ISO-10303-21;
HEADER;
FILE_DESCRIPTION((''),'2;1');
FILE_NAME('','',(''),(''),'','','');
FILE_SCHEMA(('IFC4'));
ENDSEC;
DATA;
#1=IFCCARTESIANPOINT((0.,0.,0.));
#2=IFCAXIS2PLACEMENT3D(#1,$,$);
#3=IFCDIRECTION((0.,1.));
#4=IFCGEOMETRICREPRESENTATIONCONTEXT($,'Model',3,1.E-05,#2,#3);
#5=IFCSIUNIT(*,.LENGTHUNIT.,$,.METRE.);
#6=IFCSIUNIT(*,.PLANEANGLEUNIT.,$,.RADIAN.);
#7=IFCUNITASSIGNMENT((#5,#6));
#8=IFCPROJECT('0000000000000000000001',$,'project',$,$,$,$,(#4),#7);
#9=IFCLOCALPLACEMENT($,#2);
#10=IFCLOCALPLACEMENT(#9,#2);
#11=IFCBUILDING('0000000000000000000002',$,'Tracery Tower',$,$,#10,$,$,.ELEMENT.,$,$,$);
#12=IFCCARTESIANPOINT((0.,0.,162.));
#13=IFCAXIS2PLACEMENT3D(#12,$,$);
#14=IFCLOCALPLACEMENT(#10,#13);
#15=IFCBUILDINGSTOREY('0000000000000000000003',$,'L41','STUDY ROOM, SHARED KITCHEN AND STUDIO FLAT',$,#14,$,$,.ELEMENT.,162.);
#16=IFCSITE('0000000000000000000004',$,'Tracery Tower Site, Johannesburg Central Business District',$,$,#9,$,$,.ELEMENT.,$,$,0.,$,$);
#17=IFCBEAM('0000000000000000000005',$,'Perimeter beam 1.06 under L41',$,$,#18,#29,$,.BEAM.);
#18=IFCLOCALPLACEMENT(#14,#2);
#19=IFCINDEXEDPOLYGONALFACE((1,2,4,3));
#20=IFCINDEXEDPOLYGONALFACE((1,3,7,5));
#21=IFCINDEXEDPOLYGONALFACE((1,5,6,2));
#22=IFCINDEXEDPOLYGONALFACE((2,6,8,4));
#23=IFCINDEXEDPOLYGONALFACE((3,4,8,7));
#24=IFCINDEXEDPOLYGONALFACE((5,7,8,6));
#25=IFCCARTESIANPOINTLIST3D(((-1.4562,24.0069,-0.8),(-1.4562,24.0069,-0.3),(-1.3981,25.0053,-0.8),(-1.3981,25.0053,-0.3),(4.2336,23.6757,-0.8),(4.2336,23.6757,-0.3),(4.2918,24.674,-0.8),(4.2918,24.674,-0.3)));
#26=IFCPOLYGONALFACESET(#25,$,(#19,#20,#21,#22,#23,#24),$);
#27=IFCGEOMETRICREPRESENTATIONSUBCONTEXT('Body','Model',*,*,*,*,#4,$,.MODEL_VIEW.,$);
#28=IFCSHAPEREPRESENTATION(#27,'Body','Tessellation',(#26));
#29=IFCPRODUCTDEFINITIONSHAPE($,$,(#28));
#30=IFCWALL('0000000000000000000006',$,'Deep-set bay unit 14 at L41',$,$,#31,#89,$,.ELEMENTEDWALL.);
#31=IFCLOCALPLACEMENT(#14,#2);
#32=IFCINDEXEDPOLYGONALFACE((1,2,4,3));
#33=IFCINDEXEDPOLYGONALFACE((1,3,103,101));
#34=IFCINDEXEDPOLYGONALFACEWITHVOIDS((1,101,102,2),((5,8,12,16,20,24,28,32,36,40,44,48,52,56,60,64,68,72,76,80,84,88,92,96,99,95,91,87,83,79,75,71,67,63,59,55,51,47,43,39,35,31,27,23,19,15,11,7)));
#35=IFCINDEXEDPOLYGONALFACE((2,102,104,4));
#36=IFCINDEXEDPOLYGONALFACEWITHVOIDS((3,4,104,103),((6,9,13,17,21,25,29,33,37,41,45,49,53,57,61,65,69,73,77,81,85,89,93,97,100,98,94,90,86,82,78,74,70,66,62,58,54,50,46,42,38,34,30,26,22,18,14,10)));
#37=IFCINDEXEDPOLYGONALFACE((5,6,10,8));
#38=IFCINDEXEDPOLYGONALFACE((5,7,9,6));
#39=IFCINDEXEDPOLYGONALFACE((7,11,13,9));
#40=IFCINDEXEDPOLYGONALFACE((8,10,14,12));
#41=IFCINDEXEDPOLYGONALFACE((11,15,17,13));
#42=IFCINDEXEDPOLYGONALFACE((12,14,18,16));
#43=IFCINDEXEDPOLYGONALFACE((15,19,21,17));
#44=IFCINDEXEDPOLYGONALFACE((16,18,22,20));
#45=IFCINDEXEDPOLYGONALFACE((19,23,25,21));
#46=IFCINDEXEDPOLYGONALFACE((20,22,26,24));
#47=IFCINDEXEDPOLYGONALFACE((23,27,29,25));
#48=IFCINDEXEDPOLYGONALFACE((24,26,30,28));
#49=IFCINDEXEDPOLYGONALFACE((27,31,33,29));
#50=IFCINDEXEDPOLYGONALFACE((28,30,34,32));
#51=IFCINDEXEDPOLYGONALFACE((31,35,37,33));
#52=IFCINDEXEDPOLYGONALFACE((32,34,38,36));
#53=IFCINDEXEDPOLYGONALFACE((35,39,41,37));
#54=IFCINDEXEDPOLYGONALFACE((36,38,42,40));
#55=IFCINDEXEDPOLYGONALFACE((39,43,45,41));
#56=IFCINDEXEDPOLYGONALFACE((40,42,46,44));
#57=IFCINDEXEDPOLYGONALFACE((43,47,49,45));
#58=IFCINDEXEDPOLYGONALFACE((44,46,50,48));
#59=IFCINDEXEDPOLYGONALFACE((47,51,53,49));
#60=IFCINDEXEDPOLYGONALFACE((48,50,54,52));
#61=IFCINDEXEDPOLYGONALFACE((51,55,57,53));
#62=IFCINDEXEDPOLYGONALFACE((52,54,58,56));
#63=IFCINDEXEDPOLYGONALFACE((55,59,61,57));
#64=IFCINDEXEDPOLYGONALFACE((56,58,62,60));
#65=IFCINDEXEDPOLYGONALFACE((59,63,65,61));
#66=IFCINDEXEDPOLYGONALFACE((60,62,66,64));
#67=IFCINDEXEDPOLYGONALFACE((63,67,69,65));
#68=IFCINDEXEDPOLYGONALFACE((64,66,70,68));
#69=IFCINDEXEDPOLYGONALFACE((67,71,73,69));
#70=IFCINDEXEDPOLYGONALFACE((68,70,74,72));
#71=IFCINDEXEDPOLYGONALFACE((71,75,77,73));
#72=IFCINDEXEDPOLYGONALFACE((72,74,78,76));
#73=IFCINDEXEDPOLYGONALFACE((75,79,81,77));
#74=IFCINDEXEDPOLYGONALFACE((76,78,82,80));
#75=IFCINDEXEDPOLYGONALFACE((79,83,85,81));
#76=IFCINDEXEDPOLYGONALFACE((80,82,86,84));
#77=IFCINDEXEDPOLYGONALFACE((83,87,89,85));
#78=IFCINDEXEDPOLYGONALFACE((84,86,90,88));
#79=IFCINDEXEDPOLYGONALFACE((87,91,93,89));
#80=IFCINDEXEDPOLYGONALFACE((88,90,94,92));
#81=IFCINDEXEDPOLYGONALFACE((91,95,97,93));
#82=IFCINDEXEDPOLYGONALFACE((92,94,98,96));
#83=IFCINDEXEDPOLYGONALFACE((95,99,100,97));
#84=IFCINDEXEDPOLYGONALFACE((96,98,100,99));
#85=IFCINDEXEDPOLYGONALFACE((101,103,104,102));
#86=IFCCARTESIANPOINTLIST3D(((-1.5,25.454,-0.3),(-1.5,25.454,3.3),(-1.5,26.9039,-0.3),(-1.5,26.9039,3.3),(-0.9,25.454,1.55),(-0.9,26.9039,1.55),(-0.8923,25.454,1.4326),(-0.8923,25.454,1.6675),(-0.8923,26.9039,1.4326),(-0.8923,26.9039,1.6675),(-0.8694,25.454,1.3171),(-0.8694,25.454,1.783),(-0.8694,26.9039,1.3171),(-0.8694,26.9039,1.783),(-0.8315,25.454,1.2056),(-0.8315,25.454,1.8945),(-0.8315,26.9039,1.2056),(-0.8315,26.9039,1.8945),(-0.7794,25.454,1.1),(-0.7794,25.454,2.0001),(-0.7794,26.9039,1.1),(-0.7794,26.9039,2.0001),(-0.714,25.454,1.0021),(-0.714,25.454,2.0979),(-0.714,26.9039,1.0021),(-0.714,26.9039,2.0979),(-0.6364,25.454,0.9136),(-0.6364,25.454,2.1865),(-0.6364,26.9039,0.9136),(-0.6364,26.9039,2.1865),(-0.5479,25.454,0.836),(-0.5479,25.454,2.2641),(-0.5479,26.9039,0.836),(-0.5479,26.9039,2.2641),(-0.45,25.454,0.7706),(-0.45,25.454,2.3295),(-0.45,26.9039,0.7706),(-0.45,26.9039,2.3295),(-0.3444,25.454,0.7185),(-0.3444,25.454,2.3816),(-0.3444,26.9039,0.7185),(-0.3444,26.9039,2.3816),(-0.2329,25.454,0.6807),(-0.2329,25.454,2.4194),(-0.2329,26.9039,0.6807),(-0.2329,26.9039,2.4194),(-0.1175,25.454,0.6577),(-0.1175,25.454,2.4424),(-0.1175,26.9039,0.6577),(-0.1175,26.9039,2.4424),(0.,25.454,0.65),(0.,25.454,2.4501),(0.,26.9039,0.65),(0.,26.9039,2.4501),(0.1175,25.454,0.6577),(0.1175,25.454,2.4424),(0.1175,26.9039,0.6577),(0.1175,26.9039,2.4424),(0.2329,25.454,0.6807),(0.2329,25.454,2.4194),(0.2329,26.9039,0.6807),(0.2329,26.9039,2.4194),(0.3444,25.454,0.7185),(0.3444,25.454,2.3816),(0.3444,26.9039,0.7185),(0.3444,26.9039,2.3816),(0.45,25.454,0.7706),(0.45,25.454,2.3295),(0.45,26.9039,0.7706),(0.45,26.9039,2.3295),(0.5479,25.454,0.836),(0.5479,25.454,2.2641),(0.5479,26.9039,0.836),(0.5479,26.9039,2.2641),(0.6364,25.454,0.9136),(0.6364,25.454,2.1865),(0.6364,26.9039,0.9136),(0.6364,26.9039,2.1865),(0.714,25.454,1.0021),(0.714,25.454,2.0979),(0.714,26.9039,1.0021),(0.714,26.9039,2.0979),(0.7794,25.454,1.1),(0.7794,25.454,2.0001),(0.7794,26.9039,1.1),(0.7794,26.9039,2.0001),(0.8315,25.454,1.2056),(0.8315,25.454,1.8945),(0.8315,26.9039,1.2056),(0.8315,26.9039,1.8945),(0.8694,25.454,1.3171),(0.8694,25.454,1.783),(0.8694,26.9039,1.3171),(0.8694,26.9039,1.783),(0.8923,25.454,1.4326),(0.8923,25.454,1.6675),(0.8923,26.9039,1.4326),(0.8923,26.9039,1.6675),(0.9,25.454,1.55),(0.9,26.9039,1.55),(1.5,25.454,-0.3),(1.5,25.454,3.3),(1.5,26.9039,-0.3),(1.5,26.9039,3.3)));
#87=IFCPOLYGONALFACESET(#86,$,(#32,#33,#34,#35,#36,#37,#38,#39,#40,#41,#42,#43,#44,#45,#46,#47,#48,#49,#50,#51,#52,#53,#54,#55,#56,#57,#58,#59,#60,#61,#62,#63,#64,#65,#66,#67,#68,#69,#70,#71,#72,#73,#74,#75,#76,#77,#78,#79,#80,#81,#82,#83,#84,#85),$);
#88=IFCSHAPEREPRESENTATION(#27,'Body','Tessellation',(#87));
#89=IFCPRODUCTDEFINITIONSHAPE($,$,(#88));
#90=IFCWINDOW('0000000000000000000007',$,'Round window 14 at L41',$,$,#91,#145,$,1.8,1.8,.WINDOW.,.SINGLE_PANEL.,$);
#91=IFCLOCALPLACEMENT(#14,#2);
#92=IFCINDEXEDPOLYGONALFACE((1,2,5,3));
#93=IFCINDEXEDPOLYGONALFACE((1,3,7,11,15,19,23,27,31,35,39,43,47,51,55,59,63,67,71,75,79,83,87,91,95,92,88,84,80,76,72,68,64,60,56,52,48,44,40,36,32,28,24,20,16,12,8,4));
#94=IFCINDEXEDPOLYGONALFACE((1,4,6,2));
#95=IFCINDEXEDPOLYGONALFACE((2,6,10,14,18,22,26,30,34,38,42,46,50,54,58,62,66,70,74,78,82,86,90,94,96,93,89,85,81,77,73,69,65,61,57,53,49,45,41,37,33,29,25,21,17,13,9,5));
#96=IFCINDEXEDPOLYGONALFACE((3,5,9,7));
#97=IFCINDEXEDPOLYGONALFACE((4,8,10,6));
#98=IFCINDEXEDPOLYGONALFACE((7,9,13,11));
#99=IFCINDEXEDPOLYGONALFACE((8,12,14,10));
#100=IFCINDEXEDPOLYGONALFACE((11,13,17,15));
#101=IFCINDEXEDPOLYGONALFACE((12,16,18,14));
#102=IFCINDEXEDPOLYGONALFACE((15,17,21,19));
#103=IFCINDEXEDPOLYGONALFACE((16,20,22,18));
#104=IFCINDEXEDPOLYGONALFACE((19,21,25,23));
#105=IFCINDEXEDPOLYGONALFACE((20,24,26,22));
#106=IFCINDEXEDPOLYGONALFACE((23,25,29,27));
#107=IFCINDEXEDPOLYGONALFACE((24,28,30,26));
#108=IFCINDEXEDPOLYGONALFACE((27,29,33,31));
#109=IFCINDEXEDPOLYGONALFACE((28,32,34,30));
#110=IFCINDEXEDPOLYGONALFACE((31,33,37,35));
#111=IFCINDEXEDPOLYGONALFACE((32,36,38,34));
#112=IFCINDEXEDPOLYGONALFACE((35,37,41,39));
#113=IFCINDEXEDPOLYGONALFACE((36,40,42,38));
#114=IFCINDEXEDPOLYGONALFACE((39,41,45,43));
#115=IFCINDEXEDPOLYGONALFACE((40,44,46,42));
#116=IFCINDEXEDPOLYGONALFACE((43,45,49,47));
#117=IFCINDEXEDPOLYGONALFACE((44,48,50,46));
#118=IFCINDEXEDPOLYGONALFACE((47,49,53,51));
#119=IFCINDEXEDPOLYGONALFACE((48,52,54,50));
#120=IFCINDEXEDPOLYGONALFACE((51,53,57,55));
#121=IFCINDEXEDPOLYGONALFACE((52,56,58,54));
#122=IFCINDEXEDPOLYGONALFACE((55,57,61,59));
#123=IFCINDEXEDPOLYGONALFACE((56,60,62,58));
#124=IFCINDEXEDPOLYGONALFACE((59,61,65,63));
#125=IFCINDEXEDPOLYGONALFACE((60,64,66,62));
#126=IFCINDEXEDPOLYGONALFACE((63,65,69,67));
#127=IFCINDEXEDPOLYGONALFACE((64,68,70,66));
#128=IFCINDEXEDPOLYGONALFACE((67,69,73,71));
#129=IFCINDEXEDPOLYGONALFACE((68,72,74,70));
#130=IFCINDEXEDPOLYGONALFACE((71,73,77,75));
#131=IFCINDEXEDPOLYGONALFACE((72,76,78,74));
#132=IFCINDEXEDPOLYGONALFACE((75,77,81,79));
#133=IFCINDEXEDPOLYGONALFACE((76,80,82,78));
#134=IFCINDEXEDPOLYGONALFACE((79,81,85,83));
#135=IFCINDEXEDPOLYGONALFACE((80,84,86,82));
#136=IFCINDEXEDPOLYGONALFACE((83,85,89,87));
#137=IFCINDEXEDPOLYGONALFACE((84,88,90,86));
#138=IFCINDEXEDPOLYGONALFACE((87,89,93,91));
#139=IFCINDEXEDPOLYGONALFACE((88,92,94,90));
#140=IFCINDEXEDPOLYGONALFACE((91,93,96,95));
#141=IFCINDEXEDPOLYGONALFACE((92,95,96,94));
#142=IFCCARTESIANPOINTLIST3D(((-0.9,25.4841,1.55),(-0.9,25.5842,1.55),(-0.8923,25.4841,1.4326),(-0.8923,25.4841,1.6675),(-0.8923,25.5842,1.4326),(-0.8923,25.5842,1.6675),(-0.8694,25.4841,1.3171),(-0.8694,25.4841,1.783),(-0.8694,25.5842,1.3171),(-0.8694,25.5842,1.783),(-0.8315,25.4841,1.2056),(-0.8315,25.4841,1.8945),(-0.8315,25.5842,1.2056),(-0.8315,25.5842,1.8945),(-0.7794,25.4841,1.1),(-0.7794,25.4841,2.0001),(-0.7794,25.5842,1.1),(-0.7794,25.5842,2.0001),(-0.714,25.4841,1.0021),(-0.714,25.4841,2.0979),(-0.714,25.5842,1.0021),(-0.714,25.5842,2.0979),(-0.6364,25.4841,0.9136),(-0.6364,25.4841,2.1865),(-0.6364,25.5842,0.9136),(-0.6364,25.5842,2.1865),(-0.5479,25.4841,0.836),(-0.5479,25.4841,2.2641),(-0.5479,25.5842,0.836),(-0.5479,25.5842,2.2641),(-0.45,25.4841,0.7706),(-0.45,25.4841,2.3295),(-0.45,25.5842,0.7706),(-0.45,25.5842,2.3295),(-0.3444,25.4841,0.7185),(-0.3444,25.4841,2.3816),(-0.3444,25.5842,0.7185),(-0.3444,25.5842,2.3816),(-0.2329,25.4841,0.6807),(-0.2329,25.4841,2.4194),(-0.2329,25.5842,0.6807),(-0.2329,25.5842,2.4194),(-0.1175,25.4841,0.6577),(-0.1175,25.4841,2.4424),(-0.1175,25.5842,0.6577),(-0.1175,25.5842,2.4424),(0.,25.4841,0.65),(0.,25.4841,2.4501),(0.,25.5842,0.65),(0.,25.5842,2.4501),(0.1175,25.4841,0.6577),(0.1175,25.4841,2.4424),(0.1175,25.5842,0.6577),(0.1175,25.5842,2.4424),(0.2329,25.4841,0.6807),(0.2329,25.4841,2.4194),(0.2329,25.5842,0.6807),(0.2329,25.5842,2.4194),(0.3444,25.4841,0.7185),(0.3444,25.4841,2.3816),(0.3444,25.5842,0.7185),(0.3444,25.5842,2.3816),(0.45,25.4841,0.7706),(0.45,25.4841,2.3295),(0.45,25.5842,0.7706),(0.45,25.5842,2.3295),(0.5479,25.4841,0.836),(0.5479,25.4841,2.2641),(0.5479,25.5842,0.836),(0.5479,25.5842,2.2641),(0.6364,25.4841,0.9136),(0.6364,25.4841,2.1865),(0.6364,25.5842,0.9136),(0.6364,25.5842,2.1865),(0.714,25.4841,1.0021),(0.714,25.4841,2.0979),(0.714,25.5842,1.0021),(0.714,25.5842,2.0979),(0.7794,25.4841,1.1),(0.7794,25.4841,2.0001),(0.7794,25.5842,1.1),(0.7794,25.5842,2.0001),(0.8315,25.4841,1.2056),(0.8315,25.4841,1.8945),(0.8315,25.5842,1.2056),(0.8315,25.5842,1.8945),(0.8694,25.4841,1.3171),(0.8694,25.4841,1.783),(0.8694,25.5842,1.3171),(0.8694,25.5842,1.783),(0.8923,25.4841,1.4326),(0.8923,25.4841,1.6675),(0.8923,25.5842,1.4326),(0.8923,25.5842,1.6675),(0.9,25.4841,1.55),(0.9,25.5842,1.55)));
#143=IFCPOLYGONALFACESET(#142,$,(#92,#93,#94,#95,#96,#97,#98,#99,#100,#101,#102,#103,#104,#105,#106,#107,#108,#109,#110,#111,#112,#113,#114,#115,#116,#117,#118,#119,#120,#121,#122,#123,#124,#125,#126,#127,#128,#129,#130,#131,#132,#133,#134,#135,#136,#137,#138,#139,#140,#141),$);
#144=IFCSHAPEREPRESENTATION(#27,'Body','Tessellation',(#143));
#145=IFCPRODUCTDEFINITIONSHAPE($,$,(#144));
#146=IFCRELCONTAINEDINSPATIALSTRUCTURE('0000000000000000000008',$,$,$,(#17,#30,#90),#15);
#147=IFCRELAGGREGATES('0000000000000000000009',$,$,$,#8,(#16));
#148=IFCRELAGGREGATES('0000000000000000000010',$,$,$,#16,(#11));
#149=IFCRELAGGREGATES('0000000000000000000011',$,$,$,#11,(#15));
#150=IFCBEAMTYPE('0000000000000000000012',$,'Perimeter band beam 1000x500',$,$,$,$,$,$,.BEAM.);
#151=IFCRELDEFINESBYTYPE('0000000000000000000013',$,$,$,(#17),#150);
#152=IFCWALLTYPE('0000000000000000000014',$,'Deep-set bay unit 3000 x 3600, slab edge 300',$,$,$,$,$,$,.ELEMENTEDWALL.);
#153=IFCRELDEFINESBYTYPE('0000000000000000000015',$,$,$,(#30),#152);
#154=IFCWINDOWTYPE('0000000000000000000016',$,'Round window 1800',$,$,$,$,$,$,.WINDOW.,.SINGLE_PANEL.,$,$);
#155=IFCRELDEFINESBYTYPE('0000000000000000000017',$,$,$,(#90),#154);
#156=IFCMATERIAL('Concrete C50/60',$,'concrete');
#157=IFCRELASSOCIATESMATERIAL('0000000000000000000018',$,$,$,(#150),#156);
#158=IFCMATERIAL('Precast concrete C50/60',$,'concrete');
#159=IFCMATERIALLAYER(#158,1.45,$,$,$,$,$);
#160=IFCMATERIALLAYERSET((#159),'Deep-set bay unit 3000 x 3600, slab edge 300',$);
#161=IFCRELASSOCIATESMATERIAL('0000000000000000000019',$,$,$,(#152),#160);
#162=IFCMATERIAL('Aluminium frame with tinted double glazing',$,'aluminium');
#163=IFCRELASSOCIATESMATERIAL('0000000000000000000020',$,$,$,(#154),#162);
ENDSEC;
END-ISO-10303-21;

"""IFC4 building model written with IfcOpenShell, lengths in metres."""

from ifc_helpers import new_model, si_unit, direction, frame, frame_2d, origin, origin_2d, place, context, subcontext, project, spatial, rectangle, circle, extrude, material, layer, layer_set, material_profile, profile_set, type_object, element, fill, save


model = new_model("IFC4")

# Units and contexts
model_context = context("Model", 3, precision=1e-05, world=origin(), true_north=direction((0.0, 1.0)))
body_context = subcontext(model_context, "Body", "Model", "MODEL_VIEW")
ifc_project = project(units=[si_unit("LENGTHUNIT", "METRE"), si_unit("PLANEANGLEUNIT", "RADIAN")], contexts=[model_context])

# Site, building, storey
site_placement = place(None, origin())
site = spatial("IfcSite", under=ifc_project, at=site_placement, Name="Tracery Tower Site, Johannesburg Central Business District", CompositionType="ELEMENT", RefElevation=0.0)
building_placement = place(site_placement, origin())
building = spatial("IfcBuilding", under=site, at=building_placement, Name="Tracery Tower", CompositionType="ELEMENT")
storey_placement = place(building_placement, frame((0.0, 0.0, 162.0)))
storey = spatial("IfcBuildingStorey", under=building, at=storey_placement, Name="L41", Description="STUDY ROOM, SHARED KITCHEN AND STUDIO FLAT", CompositionType="ELEMENT", Elevation=162.0)

# Beam
ifc_material_1 = material(Name="Concrete C50/60", Category="concrete")
ifc_material_profile_1 = material_profile(ifc_material_1, rectangle(XDim=1.0, YDim=0.5, at=origin_2d()), Name="RC 1000x500")
ifc_profile_set_1 = profile_set([ifc_material_profile_1], Name="Concrete C50/60")
beam_type = type_object("IfcBeamType", Name="Perimeter band beam 1000x500", PredefinedType="BEAM", material=ifc_profile_set_1)
beam_placement = place(storey_placement, frame((4.2627, 24.1748, -0.55), z_axis=(-0.998309, 0.058127, 0.0), x_axis=(-0.058127, -0.998309, 0.0)))
element("IfcBeam", 1, at=beam_placement, inside=storey, type_object=beam_type, Name="Perimeter beam 1.06 under L41", PredefinedType="BEAM", context=body_context, shape_type="SweptSolid", body=[
    extrude(rectangle(XDim=1.0, YDim=0.5, at=origin_2d()), origin(), (0.0, 0.0, 1.0), 5.6995),
])

# Wall, opening, window
ifc_material_2 = material(Name="Precast concrete C50/60", Category="concrete")
ifc_layer_1 = layer(ifc_material_2, 1.45)
ifc_layer_set_1 = layer_set([ifc_layer_1], Name="Deep-set bay unit 3000 x 3600, slab edge 300")
wall_type_1 = type_object("IfcWallType", Name="Deep-set bay unit 3000 x 3600, slab edge 300", PredefinedType="ELEMENTEDWALL", material=ifc_layer_set_1)
wall_1_placement = place(storey_placement, frame((1.5, 26.179, -0.3), z_axis=(0.0, 0.0, 1.0), x_axis=(-1.0, 0.0, 0.0)))
wall_1 = element("IfcWall", 2, at=wall_1_placement, inside=storey, type_object=wall_type_1, Name="Deep-set bay unit 14 at L41", PredefinedType="ELEMENTEDWALL", context=body_context, shape_type="SweptSolid", body=[
    extrude(rectangle(XDim=3.0, YDim=1.45, at=frame_2d((1.5, 0.0))), origin(), (0.0, 0.0, 1.0), 3.6001),
])
opening_1_placement = place(wall_1_placement, frame((1.5, 0.0, 1.8501)))
opening_1 = element("IfcOpeningElement", 3, at=opening_1_placement, cuts=wall_1, PredefinedType="OPENING", context=body_context, shape_type="SweptSolid", body=[
    extrude(circle(Radius=0.9, at=origin_2d()), frame((0.0, 0.7349, 0.0), z_axis=(0.0, -1.0, 0.0), x_axis=(1.0, 0.0, 0.0)), (0.0, 0.0, 1.0), 1.47),
])
ifc_material_3 = material(Name="Aluminium frame with tinted double glazing", Category="aluminium")
window_type = type_object("IfcWindowType", Name="Round window 1800", PartitioningType="SINGLE_PANEL", PredefinedType="WINDOW", material=ifc_material_3)
window_1_placement = place(opening_1_placement, origin())
window_1 = element("IfcWindow", 4, at=window_1_placement, inside=storey, type_object=window_type, Name="Round window 14 at L41", OverallHeight=1.8, OverallWidth=1.8, PartitioningType="SINGLE_PANEL", PredefinedType="WINDOW", context=body_context, shape_type="SweptSolid", body=[
    extrude(circle(Radius=0.9, at=origin_2d()), frame((0.0, 0.6948, 0.0), z_axis=(0.0, -1.0, 0.0), x_axis=(1.0, 0.0, 0.0)), (0.0, 0.0, 1.0), 0.1001),
])
fill(opening_1, window_1)

save(model, "model.ifc")
